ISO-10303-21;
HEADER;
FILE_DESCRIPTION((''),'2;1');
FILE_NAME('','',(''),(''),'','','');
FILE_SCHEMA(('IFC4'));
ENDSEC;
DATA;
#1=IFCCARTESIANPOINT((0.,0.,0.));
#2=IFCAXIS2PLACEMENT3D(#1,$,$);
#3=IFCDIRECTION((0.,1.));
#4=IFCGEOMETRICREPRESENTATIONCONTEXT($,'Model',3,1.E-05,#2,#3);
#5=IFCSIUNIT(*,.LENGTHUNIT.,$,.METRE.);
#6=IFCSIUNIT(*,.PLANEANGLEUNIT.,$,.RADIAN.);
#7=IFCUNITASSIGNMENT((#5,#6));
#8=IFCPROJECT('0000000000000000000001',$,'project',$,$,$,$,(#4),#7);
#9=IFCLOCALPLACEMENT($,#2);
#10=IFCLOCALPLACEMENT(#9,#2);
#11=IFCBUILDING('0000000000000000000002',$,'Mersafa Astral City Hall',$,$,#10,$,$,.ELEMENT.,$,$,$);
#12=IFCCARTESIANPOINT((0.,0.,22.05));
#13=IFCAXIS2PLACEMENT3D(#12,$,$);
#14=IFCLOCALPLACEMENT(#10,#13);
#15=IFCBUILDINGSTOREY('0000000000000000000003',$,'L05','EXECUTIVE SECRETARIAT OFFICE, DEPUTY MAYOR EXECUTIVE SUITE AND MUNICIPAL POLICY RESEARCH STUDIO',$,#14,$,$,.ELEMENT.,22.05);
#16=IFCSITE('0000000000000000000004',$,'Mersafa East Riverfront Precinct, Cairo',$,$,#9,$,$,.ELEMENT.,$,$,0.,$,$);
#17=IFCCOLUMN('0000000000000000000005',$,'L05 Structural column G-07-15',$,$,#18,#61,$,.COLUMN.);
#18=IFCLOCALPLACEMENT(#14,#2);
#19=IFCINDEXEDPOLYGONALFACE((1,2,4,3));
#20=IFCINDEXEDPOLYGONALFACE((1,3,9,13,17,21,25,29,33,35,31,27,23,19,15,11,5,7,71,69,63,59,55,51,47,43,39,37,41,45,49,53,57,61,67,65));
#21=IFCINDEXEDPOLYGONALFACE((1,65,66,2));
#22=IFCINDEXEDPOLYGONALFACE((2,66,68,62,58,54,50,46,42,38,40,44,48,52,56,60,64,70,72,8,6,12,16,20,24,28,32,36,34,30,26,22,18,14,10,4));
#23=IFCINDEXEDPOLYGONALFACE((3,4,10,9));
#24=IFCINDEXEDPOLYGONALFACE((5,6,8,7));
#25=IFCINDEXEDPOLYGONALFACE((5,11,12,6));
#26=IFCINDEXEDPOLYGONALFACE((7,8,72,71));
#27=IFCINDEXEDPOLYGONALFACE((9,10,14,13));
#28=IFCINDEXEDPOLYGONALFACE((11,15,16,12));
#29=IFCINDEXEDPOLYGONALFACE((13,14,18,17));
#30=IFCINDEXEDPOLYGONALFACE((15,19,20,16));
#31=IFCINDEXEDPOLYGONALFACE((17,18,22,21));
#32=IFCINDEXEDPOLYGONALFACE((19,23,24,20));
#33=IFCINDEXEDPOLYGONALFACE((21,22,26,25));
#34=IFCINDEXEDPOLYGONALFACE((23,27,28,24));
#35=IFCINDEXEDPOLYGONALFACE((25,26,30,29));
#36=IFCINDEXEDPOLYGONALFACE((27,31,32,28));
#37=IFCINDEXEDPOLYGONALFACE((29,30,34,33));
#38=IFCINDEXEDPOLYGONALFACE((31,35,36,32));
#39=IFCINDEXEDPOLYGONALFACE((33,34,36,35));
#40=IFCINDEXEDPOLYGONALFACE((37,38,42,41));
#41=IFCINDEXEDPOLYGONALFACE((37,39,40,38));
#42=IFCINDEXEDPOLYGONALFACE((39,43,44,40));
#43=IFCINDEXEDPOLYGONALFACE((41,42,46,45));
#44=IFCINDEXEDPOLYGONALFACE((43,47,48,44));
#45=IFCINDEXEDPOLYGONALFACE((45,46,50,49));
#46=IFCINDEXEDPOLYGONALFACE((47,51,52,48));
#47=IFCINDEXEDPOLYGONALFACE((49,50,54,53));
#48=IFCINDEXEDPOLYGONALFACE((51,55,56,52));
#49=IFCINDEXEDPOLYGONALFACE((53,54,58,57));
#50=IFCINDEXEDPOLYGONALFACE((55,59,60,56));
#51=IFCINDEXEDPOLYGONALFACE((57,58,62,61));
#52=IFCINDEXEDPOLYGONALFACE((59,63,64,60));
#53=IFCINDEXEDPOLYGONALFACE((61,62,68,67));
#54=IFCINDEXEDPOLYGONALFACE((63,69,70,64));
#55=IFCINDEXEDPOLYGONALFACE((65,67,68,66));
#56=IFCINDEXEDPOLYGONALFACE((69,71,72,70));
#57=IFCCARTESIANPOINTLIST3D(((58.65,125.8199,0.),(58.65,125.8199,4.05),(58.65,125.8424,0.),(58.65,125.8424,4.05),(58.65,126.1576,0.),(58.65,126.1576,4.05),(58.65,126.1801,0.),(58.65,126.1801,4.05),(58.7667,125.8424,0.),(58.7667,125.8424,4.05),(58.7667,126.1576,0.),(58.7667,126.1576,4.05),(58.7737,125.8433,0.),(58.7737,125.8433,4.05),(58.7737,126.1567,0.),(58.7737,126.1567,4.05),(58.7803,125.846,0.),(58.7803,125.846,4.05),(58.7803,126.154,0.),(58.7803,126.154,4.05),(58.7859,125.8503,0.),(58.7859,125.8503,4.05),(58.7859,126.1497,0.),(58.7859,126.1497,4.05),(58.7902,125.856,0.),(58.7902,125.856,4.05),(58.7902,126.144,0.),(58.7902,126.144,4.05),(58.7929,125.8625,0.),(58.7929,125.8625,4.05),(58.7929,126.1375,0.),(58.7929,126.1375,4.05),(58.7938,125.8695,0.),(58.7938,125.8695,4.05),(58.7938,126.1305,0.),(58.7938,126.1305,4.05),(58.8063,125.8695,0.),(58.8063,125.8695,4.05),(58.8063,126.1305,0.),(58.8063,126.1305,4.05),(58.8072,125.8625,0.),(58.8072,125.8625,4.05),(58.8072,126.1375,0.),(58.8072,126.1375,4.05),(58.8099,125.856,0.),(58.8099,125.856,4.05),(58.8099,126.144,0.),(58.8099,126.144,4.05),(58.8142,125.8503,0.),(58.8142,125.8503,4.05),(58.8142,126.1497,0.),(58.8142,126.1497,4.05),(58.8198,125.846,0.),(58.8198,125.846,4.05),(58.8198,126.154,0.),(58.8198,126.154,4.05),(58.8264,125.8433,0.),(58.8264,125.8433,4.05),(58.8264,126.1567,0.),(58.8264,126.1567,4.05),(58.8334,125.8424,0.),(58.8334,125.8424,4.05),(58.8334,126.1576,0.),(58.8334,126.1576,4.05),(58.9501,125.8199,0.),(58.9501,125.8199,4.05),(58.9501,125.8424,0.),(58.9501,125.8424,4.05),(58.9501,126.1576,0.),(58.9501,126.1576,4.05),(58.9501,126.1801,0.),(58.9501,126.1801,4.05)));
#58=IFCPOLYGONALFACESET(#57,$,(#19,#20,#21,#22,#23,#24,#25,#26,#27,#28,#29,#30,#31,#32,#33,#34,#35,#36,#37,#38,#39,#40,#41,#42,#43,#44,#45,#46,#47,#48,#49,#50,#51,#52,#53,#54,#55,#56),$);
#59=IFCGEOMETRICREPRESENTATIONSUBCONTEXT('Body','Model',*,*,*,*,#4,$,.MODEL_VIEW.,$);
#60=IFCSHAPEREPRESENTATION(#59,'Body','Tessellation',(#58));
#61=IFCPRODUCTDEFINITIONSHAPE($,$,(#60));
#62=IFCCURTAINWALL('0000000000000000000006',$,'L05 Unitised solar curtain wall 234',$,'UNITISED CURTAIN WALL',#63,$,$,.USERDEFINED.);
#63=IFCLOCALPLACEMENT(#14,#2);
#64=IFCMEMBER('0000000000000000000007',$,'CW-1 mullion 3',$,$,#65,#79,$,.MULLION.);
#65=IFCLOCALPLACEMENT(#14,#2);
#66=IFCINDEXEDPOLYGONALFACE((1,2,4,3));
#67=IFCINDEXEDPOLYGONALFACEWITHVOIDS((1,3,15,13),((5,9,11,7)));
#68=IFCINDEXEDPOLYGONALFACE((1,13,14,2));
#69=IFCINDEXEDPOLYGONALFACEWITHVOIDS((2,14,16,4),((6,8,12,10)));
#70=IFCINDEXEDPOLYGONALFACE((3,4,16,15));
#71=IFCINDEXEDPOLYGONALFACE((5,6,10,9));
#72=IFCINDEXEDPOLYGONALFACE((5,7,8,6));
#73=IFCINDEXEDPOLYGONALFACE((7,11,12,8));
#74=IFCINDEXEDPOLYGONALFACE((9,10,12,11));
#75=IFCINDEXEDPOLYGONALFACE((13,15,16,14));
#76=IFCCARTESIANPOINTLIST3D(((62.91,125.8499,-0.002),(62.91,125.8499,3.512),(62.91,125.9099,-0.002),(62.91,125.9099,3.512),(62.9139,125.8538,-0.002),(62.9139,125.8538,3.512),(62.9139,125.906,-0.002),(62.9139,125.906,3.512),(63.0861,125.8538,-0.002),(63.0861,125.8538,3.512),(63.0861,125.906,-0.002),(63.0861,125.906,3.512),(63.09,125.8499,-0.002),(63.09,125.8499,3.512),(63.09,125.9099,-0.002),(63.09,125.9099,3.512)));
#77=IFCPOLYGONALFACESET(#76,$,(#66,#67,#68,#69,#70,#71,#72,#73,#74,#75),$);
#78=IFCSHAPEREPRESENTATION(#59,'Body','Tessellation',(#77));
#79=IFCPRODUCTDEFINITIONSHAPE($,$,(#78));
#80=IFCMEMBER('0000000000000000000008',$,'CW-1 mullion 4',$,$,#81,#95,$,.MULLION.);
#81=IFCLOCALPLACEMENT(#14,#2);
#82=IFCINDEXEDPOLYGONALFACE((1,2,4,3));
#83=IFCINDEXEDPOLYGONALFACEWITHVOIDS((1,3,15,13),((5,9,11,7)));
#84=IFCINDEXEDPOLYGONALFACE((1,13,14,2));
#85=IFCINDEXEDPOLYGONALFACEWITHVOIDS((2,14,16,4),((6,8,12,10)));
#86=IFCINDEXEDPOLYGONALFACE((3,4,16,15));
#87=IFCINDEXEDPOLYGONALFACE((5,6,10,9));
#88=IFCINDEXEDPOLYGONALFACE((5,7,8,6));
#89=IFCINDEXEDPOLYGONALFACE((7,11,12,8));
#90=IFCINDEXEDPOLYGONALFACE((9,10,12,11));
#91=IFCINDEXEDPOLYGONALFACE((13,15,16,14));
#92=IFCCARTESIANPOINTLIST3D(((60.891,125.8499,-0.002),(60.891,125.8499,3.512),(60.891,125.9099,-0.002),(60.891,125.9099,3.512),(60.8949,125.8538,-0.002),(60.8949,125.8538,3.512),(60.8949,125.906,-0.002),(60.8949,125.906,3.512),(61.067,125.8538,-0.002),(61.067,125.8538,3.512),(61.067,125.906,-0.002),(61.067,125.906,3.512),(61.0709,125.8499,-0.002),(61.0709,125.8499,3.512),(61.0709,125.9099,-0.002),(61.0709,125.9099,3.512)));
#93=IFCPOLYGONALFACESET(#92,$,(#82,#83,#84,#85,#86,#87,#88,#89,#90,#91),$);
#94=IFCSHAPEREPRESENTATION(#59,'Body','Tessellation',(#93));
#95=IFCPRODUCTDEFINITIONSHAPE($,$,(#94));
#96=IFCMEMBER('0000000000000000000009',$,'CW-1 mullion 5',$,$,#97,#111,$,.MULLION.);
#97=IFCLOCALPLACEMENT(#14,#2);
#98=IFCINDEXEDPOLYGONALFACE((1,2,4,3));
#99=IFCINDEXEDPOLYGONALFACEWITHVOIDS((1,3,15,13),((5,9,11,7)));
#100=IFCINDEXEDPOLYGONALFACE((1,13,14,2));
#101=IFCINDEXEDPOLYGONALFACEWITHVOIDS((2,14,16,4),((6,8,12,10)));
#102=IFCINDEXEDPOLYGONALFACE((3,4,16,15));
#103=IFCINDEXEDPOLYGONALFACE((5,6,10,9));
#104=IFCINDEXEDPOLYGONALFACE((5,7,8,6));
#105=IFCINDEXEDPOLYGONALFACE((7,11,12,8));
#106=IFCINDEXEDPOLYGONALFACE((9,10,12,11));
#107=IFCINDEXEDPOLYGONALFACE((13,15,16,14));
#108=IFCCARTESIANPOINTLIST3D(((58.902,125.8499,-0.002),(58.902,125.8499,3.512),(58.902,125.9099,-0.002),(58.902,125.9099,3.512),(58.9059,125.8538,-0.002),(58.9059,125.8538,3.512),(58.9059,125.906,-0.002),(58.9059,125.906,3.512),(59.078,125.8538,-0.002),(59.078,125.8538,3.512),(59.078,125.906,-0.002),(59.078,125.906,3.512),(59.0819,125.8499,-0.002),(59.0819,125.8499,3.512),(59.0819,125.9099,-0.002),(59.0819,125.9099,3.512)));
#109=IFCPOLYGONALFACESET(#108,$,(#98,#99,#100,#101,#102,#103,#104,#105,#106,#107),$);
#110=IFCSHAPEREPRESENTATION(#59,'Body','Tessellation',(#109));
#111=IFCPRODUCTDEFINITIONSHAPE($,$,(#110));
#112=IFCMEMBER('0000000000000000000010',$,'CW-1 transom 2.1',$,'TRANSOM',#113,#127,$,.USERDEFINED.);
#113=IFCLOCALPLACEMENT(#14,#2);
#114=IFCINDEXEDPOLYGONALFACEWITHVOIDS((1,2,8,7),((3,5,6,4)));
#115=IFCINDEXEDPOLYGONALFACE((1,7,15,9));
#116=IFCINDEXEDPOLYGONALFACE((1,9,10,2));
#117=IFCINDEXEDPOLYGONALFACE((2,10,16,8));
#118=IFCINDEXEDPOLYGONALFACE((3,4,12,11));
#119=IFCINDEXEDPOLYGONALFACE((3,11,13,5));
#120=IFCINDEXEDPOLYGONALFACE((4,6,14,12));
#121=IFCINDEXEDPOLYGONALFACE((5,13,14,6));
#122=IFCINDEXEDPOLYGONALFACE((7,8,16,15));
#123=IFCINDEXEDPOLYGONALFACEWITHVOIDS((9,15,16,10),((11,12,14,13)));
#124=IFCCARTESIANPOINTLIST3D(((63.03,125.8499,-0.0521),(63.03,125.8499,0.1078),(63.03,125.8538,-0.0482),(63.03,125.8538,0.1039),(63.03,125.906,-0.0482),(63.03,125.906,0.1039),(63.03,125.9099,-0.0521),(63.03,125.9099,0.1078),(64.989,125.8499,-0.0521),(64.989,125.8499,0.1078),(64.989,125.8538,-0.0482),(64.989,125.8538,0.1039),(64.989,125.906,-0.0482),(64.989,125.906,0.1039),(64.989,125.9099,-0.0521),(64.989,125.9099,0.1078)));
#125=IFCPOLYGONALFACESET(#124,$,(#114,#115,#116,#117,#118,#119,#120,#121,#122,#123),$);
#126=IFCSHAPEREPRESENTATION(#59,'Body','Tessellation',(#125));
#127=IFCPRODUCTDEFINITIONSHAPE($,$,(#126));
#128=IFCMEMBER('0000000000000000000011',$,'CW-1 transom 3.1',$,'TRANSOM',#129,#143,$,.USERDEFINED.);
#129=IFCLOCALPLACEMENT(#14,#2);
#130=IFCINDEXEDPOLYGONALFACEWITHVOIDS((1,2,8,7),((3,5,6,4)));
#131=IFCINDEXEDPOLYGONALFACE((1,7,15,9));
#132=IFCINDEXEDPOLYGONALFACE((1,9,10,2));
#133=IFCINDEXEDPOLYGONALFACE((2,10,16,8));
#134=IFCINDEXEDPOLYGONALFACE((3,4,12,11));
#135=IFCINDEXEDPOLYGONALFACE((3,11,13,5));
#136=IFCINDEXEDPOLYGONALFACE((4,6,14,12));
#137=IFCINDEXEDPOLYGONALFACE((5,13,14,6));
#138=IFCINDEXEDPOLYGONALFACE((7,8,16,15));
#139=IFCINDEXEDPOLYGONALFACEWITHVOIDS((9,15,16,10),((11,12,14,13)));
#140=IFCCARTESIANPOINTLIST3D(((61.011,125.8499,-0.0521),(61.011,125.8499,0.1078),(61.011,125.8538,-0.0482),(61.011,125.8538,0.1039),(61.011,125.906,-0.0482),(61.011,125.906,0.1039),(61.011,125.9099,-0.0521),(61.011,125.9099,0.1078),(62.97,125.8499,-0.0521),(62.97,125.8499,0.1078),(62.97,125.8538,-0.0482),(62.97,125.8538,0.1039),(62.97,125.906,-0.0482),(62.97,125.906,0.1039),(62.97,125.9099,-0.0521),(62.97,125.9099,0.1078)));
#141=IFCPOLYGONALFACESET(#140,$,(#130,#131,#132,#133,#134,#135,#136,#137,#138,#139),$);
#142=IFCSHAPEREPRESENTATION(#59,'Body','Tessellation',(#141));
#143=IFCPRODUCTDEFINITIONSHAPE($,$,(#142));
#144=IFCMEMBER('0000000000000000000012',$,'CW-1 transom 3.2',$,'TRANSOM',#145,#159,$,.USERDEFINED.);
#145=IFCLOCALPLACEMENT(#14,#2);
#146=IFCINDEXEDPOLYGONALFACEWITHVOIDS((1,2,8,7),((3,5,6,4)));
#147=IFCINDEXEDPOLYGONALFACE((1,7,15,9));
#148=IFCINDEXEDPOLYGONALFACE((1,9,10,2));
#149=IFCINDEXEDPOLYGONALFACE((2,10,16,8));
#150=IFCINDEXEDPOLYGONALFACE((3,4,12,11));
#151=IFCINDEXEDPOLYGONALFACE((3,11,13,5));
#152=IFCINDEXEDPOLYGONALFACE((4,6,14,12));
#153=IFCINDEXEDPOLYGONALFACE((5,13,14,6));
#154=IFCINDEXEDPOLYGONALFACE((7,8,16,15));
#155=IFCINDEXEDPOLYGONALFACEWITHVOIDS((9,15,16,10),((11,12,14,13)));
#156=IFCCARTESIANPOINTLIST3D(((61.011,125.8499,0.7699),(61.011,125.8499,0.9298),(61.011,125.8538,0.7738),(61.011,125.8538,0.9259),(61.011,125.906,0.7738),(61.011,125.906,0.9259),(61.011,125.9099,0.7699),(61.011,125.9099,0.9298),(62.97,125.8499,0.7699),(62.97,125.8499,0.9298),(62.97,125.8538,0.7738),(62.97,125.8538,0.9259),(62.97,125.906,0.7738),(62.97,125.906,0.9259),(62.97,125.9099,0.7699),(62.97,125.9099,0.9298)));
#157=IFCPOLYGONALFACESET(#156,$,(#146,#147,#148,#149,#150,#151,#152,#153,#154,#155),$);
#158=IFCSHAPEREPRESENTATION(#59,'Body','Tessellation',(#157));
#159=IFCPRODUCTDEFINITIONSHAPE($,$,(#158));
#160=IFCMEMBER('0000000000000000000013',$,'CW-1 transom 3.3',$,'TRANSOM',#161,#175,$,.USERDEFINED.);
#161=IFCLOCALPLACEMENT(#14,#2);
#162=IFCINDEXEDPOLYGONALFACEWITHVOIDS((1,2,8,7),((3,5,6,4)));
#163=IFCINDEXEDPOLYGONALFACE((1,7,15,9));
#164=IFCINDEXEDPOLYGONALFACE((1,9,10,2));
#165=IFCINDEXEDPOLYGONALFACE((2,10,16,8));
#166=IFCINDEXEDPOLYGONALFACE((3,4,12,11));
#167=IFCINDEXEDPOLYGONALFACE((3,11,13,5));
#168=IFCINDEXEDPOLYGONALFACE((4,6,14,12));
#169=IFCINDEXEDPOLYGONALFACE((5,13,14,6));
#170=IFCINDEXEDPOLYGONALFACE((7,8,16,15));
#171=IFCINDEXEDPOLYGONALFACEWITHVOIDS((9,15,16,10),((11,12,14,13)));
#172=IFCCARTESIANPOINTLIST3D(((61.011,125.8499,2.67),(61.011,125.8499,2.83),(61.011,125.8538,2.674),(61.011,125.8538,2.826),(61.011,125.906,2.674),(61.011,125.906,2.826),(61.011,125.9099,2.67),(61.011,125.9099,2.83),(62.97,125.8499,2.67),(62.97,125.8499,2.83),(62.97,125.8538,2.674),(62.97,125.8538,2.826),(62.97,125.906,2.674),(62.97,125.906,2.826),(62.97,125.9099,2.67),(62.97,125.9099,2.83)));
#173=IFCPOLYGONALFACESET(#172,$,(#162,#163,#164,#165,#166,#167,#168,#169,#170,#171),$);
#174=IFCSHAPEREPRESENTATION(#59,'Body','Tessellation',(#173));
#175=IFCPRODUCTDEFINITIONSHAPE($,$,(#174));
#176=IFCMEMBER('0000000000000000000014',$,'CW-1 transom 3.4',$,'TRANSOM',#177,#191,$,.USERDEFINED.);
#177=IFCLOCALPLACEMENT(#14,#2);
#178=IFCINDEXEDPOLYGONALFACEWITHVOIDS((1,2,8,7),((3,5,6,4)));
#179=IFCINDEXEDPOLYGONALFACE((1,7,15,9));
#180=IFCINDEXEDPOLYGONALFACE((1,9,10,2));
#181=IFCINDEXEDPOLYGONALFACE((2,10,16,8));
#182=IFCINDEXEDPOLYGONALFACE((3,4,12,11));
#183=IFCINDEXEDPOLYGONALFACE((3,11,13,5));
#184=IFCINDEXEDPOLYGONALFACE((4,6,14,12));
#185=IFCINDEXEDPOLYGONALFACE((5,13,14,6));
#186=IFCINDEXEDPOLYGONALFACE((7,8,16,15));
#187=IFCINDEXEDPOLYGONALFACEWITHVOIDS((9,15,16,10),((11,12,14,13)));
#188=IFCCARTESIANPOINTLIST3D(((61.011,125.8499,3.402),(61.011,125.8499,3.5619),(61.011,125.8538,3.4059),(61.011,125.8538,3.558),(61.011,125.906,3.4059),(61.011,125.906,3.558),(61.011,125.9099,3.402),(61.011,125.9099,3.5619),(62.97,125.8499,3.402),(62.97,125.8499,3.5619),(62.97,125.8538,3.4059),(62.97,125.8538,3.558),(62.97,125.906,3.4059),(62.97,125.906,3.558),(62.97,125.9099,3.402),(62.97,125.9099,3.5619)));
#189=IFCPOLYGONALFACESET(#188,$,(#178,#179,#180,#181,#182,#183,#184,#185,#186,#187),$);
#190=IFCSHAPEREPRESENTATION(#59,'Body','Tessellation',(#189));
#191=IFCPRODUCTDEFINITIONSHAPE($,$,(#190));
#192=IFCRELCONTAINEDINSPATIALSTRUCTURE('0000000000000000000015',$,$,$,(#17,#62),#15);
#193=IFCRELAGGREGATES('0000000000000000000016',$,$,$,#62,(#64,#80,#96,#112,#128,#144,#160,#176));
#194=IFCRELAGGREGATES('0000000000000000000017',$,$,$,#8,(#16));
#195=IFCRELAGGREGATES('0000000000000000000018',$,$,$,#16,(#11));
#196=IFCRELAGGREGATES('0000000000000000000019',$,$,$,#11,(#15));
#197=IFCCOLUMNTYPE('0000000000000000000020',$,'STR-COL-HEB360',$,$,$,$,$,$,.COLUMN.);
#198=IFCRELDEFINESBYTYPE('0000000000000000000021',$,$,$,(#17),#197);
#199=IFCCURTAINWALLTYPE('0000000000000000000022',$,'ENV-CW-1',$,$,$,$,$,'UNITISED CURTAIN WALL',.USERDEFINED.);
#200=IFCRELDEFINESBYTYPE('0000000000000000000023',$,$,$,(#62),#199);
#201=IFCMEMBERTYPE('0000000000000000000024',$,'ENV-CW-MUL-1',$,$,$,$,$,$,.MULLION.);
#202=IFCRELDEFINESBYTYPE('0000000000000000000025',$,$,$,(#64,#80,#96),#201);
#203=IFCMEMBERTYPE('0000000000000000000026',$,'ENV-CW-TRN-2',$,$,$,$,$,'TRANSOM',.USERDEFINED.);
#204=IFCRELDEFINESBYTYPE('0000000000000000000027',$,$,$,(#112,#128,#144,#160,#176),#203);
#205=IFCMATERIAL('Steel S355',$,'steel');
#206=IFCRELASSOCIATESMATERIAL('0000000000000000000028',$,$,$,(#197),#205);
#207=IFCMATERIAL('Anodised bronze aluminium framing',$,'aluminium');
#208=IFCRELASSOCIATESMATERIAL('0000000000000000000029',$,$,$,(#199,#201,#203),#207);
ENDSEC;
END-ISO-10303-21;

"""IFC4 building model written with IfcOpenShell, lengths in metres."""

from ifc_helpers import new_model, si_unit, direction, frame, origin, origin_2d, place, context, subcontext, project, spatial, hollow_rectangle, i_section, extrude, material, material_profile, profile_set, type_object, element, aggregate, save


model = new_model("IFC4")

# Units and contexts
model_context = context("Model", 3, precision=1e-05, world=origin(), true_north=direction((0.0, 1.0)))
body_context = subcontext(model_context, "Body", "Model", "MODEL_VIEW")
ifc_project = project(units=[si_unit("LENGTHUNIT", "METRE"), si_unit("PLANEANGLEUNIT", "RADIAN")], contexts=[model_context])

# Site, building, storey
site_placement = place(None, origin())
site = spatial("IfcSite", under=ifc_project, at=site_placement, Name="Mersafa East Riverfront Precinct, Cairo", CompositionType="ELEMENT", RefElevation=0.0)
building_placement = place(site_placement, origin())
building = spatial("IfcBuilding", under=site, at=building_placement, Name="Mersafa Astral City Hall", CompositionType="ELEMENT")
storey_placement = place(building_placement, frame((0.0, 0.0, 22.05)))
storey = spatial("IfcBuildingStorey", under=building, at=storey_placement, Name="L05", Description="EXECUTIVE SECRETARIAT OFFICE, DEPUTY MAYOR EXECUTIVE SUITE AND MUNICIPAL POLICY RESEARCH STUDIO", CompositionType="ELEMENT", Elevation=22.05)

# Column
ifc_material_1 = material(Name="Steel S355", Category="steel")
ifc_material_profile_1 = material_profile(ifc_material_1, i_section(OverallWidth=0.3, OverallDepth=0.3601, WebThickness=0.0125, FlangeThickness=0.0225, FilletRadius=0.0271, at=origin_2d()), Name="HEB 360")
ifc_profile_set_1 = profile_set([ifc_material_profile_1], Name="Steel S355")
column_type = type_object("IfcColumnType", Name="STR-COL-HEB360", PredefinedType="COLUMN", material=ifc_profile_set_1)
column_placement = place(storey_placement, frame((58.8, 126.0, 0.0), z_axis=(0.0, 0.0, 1.0), x_axis=(1.0, 0.0, 0.0)))
element("IfcColumn", 1, at=column_placement, inside=storey, type_object=column_type, Name="L05 Structural column G-07-15", PredefinedType="COLUMN", context=body_context, shape_type="SweptSolid", body=[
    extrude(i_section(OverallWidth=0.3, OverallDepth=0.3601, WebThickness=0.0125, FlangeThickness=0.0225, FilletRadius=0.0271, at=origin_2d()), origin(), (0.0, 0.0, 1.0), 4.05),
])

# Curtain wall, members
ifc_material_2 = material(Name="Anodised bronze aluminium framing", Category="aluminium")
curtain_wall_type = type_object("IfcCurtainWallType", Name="ENV-CW-1", ElementType="UNITISED CURTAIN WALL", PredefinedType="USERDEFINED", material=ifc_material_2)
curtain_wall_placement = place(storey_placement, origin())
curtain_wall = element("IfcCurtainWall", 2, at=curtain_wall_placement, inside=storey, type_object=curtain_wall_type, Name="L05 Unitised solar curtain wall 234", ObjectType="UNITISED CURTAIN WALL", PredefinedType="USERDEFINED")
ifc_material_profile_2 = material_profile(ifc_material_2, hollow_rectangle(XDim=0.0601, YDim=0.1799, WallThickness=0.0039, at=origin_2d()), Name="RHS 60x180x4")
ifc_profile_set_2 = profile_set([ifc_material_profile_2], Name="Anodised bronze aluminium framing")
member_type_1 = type_object("IfcMemberType", Name="ENV-CW-MUL-1", PredefinedType="MULLION", material=ifc_profile_set_2)
member_1_placement = place(storey_placement, frame((63.0, 125.8799, -0.002), z_axis=(0.0, 0.0, 1.0), x_axis=(0.0, -1.0, 0.0)))
member_1 = element("IfcMember", 3, at=member_1_placement, type_object=member_type_1, Name="CW-1 mullion 3", PredefinedType="MULLION", context=body_context, shape_type="SweptSolid", body=[
    extrude(hollow_rectangle(XDim=0.0601, YDim=0.1799, WallThickness=0.0039, at=origin_2d()), origin(), (0.0, 0.0, 1.0), 3.5139),
])
member_2_placement = place(storey_placement, frame((60.981, 125.8799, -0.002), z_axis=(0.0, 0.0, 1.0), x_axis=(0.0, -1.0, 0.0)))
member_2 = element("IfcMember", 4, at=member_2_placement, type_object=member_type_1, Name="CW-1 mullion 4", PredefinedType="MULLION", context=body_context, shape_type="SweptSolid", body=[
    extrude(hollow_rectangle(XDim=0.0601, YDim=0.1799, WallThickness=0.0039, at=origin_2d()), origin(), (0.0, 0.0, 1.0), 3.5139),
])
member_3_placement = place(storey_placement, frame((58.9919, 125.8799, -0.002), z_axis=(0.0, 0.0, 1.0), x_axis=(0.0, -1.0, 0.0)))
member_3 = element("IfcMember", 5, at=member_3_placement, type_object=member_type_1, Name="CW-1 mullion 5", PredefinedType="MULLION", context=body_context, shape_type="SweptSolid", body=[
    extrude(hollow_rectangle(XDim=0.0601, YDim=0.1799, WallThickness=0.0039, at=origin_2d()), origin(), (0.0, 0.0, 1.0), 3.5139),
])
ifc_material_profile_3 = material_profile(ifc_material_2, hollow_rectangle(XDim=0.0601, YDim=0.1599, WallThickness=0.0039, at=origin_2d()), Name="RHS 60x160x4")
ifc_profile_set_3 = profile_set([ifc_material_profile_3], Name="Anodised bronze aluminium framing")
member_type_2 = type_object("IfcMemberType", Name="ENV-CW-TRN-2", ElementType="TRANSOM", PredefinedType="USERDEFINED", material=ifc_profile_set_3)
member_4_placement = place(storey_placement, frame((64.989, 125.8799, 0.0278), z_axis=(-1.0, 0.0, 0.0), x_axis=(0.0, -1.0, 0.0)))
member_4 = element("IfcMember", 6, at=member_4_placement, type_object=member_type_2, Name="CW-1 transom 2.1", ObjectType="TRANSOM", PredefinedType="USERDEFINED", context=body_context, shape_type="SweptSolid", body=[
    extrude(hollow_rectangle(XDim=0.0601, YDim=0.1599, WallThickness=0.0039, at=origin_2d()), origin(), (0.0, 0.0, 1.0), 1.959),
])
member_5_placement = place(storey_placement, frame((62.97, 125.8799, 0.0278), z_axis=(-1.0, 0.0, 0.0), x_axis=(0.0, -1.0, 0.0)))
member_5 = element("IfcMember", 7, at=member_5_placement, type_object=member_type_2, Name="CW-1 transom 3.1", ObjectType="TRANSOM", PredefinedType="USERDEFINED", context=body_context, shape_type="SweptSolid", body=[
    extrude(hollow_rectangle(XDim=0.0601, YDim=0.1599, WallThickness=0.0039, at=origin_2d()), origin(), (0.0, 0.0, 1.0), 1.959),
])
member_6_placement = place(storey_placement, frame((62.97, 125.8799, 0.8499), z_axis=(-1.0, 0.0, 0.0), x_axis=(0.0, -1.0, 0.0)))
member_6 = element("IfcMember", 8, at=member_6_placement, type_object=member_type_2, Name="CW-1 transom 3.2", ObjectType="TRANSOM", PredefinedType="USERDEFINED", context=body_context, shape_type="SweptSolid", body=[
    extrude(hollow_rectangle(XDim=0.0601, YDim=0.1599, WallThickness=0.0039, at=origin_2d()), origin(), (0.0, 0.0, 1.0), 1.959),
])
member_7_placement = place(storey_placement, frame((62.97, 125.8799, 2.75), z_axis=(-1.0, 0.0, 0.0), x_axis=(0.0, -1.0, 0.0)))
member_7 = element("IfcMember", 9, at=member_7_placement, type_object=member_type_2, Name="CW-1 transom 3.3", ObjectType="TRANSOM", PredefinedType="USERDEFINED", context=body_context, shape_type="SweptSolid", body=[
    extrude(hollow_rectangle(XDim=0.0601, YDim=0.1599, WallThickness=0.0039, at=origin_2d()), origin(), (0.0, 0.0, 1.0), 1.959),
])
member_8_placement = place(storey_placement, frame((62.97, 125.8799, 3.4819), z_axis=(-1.0, 0.0, 0.0), x_axis=(0.0, -1.0, 0.0)))
member_8 = element("IfcMember", 10, at=member_8_placement, type_object=member_type_2, Name="CW-1 transom 3.4", ObjectType="TRANSOM", PredefinedType="USERDEFINED", context=body_context, shape_type="SweptSolid", body=[
    extrude(hollow_rectangle(XDim=0.0601, YDim=0.1599, WallThickness=0.0039, at=origin_2d()), origin(), (0.0, 0.0, 1.0), 1.959),
])

aggregate(curtain_wall, [member_1, member_2, member_3, member_4, member_5, member_6, member_7, member_8])

save(model, "model.ifc")
